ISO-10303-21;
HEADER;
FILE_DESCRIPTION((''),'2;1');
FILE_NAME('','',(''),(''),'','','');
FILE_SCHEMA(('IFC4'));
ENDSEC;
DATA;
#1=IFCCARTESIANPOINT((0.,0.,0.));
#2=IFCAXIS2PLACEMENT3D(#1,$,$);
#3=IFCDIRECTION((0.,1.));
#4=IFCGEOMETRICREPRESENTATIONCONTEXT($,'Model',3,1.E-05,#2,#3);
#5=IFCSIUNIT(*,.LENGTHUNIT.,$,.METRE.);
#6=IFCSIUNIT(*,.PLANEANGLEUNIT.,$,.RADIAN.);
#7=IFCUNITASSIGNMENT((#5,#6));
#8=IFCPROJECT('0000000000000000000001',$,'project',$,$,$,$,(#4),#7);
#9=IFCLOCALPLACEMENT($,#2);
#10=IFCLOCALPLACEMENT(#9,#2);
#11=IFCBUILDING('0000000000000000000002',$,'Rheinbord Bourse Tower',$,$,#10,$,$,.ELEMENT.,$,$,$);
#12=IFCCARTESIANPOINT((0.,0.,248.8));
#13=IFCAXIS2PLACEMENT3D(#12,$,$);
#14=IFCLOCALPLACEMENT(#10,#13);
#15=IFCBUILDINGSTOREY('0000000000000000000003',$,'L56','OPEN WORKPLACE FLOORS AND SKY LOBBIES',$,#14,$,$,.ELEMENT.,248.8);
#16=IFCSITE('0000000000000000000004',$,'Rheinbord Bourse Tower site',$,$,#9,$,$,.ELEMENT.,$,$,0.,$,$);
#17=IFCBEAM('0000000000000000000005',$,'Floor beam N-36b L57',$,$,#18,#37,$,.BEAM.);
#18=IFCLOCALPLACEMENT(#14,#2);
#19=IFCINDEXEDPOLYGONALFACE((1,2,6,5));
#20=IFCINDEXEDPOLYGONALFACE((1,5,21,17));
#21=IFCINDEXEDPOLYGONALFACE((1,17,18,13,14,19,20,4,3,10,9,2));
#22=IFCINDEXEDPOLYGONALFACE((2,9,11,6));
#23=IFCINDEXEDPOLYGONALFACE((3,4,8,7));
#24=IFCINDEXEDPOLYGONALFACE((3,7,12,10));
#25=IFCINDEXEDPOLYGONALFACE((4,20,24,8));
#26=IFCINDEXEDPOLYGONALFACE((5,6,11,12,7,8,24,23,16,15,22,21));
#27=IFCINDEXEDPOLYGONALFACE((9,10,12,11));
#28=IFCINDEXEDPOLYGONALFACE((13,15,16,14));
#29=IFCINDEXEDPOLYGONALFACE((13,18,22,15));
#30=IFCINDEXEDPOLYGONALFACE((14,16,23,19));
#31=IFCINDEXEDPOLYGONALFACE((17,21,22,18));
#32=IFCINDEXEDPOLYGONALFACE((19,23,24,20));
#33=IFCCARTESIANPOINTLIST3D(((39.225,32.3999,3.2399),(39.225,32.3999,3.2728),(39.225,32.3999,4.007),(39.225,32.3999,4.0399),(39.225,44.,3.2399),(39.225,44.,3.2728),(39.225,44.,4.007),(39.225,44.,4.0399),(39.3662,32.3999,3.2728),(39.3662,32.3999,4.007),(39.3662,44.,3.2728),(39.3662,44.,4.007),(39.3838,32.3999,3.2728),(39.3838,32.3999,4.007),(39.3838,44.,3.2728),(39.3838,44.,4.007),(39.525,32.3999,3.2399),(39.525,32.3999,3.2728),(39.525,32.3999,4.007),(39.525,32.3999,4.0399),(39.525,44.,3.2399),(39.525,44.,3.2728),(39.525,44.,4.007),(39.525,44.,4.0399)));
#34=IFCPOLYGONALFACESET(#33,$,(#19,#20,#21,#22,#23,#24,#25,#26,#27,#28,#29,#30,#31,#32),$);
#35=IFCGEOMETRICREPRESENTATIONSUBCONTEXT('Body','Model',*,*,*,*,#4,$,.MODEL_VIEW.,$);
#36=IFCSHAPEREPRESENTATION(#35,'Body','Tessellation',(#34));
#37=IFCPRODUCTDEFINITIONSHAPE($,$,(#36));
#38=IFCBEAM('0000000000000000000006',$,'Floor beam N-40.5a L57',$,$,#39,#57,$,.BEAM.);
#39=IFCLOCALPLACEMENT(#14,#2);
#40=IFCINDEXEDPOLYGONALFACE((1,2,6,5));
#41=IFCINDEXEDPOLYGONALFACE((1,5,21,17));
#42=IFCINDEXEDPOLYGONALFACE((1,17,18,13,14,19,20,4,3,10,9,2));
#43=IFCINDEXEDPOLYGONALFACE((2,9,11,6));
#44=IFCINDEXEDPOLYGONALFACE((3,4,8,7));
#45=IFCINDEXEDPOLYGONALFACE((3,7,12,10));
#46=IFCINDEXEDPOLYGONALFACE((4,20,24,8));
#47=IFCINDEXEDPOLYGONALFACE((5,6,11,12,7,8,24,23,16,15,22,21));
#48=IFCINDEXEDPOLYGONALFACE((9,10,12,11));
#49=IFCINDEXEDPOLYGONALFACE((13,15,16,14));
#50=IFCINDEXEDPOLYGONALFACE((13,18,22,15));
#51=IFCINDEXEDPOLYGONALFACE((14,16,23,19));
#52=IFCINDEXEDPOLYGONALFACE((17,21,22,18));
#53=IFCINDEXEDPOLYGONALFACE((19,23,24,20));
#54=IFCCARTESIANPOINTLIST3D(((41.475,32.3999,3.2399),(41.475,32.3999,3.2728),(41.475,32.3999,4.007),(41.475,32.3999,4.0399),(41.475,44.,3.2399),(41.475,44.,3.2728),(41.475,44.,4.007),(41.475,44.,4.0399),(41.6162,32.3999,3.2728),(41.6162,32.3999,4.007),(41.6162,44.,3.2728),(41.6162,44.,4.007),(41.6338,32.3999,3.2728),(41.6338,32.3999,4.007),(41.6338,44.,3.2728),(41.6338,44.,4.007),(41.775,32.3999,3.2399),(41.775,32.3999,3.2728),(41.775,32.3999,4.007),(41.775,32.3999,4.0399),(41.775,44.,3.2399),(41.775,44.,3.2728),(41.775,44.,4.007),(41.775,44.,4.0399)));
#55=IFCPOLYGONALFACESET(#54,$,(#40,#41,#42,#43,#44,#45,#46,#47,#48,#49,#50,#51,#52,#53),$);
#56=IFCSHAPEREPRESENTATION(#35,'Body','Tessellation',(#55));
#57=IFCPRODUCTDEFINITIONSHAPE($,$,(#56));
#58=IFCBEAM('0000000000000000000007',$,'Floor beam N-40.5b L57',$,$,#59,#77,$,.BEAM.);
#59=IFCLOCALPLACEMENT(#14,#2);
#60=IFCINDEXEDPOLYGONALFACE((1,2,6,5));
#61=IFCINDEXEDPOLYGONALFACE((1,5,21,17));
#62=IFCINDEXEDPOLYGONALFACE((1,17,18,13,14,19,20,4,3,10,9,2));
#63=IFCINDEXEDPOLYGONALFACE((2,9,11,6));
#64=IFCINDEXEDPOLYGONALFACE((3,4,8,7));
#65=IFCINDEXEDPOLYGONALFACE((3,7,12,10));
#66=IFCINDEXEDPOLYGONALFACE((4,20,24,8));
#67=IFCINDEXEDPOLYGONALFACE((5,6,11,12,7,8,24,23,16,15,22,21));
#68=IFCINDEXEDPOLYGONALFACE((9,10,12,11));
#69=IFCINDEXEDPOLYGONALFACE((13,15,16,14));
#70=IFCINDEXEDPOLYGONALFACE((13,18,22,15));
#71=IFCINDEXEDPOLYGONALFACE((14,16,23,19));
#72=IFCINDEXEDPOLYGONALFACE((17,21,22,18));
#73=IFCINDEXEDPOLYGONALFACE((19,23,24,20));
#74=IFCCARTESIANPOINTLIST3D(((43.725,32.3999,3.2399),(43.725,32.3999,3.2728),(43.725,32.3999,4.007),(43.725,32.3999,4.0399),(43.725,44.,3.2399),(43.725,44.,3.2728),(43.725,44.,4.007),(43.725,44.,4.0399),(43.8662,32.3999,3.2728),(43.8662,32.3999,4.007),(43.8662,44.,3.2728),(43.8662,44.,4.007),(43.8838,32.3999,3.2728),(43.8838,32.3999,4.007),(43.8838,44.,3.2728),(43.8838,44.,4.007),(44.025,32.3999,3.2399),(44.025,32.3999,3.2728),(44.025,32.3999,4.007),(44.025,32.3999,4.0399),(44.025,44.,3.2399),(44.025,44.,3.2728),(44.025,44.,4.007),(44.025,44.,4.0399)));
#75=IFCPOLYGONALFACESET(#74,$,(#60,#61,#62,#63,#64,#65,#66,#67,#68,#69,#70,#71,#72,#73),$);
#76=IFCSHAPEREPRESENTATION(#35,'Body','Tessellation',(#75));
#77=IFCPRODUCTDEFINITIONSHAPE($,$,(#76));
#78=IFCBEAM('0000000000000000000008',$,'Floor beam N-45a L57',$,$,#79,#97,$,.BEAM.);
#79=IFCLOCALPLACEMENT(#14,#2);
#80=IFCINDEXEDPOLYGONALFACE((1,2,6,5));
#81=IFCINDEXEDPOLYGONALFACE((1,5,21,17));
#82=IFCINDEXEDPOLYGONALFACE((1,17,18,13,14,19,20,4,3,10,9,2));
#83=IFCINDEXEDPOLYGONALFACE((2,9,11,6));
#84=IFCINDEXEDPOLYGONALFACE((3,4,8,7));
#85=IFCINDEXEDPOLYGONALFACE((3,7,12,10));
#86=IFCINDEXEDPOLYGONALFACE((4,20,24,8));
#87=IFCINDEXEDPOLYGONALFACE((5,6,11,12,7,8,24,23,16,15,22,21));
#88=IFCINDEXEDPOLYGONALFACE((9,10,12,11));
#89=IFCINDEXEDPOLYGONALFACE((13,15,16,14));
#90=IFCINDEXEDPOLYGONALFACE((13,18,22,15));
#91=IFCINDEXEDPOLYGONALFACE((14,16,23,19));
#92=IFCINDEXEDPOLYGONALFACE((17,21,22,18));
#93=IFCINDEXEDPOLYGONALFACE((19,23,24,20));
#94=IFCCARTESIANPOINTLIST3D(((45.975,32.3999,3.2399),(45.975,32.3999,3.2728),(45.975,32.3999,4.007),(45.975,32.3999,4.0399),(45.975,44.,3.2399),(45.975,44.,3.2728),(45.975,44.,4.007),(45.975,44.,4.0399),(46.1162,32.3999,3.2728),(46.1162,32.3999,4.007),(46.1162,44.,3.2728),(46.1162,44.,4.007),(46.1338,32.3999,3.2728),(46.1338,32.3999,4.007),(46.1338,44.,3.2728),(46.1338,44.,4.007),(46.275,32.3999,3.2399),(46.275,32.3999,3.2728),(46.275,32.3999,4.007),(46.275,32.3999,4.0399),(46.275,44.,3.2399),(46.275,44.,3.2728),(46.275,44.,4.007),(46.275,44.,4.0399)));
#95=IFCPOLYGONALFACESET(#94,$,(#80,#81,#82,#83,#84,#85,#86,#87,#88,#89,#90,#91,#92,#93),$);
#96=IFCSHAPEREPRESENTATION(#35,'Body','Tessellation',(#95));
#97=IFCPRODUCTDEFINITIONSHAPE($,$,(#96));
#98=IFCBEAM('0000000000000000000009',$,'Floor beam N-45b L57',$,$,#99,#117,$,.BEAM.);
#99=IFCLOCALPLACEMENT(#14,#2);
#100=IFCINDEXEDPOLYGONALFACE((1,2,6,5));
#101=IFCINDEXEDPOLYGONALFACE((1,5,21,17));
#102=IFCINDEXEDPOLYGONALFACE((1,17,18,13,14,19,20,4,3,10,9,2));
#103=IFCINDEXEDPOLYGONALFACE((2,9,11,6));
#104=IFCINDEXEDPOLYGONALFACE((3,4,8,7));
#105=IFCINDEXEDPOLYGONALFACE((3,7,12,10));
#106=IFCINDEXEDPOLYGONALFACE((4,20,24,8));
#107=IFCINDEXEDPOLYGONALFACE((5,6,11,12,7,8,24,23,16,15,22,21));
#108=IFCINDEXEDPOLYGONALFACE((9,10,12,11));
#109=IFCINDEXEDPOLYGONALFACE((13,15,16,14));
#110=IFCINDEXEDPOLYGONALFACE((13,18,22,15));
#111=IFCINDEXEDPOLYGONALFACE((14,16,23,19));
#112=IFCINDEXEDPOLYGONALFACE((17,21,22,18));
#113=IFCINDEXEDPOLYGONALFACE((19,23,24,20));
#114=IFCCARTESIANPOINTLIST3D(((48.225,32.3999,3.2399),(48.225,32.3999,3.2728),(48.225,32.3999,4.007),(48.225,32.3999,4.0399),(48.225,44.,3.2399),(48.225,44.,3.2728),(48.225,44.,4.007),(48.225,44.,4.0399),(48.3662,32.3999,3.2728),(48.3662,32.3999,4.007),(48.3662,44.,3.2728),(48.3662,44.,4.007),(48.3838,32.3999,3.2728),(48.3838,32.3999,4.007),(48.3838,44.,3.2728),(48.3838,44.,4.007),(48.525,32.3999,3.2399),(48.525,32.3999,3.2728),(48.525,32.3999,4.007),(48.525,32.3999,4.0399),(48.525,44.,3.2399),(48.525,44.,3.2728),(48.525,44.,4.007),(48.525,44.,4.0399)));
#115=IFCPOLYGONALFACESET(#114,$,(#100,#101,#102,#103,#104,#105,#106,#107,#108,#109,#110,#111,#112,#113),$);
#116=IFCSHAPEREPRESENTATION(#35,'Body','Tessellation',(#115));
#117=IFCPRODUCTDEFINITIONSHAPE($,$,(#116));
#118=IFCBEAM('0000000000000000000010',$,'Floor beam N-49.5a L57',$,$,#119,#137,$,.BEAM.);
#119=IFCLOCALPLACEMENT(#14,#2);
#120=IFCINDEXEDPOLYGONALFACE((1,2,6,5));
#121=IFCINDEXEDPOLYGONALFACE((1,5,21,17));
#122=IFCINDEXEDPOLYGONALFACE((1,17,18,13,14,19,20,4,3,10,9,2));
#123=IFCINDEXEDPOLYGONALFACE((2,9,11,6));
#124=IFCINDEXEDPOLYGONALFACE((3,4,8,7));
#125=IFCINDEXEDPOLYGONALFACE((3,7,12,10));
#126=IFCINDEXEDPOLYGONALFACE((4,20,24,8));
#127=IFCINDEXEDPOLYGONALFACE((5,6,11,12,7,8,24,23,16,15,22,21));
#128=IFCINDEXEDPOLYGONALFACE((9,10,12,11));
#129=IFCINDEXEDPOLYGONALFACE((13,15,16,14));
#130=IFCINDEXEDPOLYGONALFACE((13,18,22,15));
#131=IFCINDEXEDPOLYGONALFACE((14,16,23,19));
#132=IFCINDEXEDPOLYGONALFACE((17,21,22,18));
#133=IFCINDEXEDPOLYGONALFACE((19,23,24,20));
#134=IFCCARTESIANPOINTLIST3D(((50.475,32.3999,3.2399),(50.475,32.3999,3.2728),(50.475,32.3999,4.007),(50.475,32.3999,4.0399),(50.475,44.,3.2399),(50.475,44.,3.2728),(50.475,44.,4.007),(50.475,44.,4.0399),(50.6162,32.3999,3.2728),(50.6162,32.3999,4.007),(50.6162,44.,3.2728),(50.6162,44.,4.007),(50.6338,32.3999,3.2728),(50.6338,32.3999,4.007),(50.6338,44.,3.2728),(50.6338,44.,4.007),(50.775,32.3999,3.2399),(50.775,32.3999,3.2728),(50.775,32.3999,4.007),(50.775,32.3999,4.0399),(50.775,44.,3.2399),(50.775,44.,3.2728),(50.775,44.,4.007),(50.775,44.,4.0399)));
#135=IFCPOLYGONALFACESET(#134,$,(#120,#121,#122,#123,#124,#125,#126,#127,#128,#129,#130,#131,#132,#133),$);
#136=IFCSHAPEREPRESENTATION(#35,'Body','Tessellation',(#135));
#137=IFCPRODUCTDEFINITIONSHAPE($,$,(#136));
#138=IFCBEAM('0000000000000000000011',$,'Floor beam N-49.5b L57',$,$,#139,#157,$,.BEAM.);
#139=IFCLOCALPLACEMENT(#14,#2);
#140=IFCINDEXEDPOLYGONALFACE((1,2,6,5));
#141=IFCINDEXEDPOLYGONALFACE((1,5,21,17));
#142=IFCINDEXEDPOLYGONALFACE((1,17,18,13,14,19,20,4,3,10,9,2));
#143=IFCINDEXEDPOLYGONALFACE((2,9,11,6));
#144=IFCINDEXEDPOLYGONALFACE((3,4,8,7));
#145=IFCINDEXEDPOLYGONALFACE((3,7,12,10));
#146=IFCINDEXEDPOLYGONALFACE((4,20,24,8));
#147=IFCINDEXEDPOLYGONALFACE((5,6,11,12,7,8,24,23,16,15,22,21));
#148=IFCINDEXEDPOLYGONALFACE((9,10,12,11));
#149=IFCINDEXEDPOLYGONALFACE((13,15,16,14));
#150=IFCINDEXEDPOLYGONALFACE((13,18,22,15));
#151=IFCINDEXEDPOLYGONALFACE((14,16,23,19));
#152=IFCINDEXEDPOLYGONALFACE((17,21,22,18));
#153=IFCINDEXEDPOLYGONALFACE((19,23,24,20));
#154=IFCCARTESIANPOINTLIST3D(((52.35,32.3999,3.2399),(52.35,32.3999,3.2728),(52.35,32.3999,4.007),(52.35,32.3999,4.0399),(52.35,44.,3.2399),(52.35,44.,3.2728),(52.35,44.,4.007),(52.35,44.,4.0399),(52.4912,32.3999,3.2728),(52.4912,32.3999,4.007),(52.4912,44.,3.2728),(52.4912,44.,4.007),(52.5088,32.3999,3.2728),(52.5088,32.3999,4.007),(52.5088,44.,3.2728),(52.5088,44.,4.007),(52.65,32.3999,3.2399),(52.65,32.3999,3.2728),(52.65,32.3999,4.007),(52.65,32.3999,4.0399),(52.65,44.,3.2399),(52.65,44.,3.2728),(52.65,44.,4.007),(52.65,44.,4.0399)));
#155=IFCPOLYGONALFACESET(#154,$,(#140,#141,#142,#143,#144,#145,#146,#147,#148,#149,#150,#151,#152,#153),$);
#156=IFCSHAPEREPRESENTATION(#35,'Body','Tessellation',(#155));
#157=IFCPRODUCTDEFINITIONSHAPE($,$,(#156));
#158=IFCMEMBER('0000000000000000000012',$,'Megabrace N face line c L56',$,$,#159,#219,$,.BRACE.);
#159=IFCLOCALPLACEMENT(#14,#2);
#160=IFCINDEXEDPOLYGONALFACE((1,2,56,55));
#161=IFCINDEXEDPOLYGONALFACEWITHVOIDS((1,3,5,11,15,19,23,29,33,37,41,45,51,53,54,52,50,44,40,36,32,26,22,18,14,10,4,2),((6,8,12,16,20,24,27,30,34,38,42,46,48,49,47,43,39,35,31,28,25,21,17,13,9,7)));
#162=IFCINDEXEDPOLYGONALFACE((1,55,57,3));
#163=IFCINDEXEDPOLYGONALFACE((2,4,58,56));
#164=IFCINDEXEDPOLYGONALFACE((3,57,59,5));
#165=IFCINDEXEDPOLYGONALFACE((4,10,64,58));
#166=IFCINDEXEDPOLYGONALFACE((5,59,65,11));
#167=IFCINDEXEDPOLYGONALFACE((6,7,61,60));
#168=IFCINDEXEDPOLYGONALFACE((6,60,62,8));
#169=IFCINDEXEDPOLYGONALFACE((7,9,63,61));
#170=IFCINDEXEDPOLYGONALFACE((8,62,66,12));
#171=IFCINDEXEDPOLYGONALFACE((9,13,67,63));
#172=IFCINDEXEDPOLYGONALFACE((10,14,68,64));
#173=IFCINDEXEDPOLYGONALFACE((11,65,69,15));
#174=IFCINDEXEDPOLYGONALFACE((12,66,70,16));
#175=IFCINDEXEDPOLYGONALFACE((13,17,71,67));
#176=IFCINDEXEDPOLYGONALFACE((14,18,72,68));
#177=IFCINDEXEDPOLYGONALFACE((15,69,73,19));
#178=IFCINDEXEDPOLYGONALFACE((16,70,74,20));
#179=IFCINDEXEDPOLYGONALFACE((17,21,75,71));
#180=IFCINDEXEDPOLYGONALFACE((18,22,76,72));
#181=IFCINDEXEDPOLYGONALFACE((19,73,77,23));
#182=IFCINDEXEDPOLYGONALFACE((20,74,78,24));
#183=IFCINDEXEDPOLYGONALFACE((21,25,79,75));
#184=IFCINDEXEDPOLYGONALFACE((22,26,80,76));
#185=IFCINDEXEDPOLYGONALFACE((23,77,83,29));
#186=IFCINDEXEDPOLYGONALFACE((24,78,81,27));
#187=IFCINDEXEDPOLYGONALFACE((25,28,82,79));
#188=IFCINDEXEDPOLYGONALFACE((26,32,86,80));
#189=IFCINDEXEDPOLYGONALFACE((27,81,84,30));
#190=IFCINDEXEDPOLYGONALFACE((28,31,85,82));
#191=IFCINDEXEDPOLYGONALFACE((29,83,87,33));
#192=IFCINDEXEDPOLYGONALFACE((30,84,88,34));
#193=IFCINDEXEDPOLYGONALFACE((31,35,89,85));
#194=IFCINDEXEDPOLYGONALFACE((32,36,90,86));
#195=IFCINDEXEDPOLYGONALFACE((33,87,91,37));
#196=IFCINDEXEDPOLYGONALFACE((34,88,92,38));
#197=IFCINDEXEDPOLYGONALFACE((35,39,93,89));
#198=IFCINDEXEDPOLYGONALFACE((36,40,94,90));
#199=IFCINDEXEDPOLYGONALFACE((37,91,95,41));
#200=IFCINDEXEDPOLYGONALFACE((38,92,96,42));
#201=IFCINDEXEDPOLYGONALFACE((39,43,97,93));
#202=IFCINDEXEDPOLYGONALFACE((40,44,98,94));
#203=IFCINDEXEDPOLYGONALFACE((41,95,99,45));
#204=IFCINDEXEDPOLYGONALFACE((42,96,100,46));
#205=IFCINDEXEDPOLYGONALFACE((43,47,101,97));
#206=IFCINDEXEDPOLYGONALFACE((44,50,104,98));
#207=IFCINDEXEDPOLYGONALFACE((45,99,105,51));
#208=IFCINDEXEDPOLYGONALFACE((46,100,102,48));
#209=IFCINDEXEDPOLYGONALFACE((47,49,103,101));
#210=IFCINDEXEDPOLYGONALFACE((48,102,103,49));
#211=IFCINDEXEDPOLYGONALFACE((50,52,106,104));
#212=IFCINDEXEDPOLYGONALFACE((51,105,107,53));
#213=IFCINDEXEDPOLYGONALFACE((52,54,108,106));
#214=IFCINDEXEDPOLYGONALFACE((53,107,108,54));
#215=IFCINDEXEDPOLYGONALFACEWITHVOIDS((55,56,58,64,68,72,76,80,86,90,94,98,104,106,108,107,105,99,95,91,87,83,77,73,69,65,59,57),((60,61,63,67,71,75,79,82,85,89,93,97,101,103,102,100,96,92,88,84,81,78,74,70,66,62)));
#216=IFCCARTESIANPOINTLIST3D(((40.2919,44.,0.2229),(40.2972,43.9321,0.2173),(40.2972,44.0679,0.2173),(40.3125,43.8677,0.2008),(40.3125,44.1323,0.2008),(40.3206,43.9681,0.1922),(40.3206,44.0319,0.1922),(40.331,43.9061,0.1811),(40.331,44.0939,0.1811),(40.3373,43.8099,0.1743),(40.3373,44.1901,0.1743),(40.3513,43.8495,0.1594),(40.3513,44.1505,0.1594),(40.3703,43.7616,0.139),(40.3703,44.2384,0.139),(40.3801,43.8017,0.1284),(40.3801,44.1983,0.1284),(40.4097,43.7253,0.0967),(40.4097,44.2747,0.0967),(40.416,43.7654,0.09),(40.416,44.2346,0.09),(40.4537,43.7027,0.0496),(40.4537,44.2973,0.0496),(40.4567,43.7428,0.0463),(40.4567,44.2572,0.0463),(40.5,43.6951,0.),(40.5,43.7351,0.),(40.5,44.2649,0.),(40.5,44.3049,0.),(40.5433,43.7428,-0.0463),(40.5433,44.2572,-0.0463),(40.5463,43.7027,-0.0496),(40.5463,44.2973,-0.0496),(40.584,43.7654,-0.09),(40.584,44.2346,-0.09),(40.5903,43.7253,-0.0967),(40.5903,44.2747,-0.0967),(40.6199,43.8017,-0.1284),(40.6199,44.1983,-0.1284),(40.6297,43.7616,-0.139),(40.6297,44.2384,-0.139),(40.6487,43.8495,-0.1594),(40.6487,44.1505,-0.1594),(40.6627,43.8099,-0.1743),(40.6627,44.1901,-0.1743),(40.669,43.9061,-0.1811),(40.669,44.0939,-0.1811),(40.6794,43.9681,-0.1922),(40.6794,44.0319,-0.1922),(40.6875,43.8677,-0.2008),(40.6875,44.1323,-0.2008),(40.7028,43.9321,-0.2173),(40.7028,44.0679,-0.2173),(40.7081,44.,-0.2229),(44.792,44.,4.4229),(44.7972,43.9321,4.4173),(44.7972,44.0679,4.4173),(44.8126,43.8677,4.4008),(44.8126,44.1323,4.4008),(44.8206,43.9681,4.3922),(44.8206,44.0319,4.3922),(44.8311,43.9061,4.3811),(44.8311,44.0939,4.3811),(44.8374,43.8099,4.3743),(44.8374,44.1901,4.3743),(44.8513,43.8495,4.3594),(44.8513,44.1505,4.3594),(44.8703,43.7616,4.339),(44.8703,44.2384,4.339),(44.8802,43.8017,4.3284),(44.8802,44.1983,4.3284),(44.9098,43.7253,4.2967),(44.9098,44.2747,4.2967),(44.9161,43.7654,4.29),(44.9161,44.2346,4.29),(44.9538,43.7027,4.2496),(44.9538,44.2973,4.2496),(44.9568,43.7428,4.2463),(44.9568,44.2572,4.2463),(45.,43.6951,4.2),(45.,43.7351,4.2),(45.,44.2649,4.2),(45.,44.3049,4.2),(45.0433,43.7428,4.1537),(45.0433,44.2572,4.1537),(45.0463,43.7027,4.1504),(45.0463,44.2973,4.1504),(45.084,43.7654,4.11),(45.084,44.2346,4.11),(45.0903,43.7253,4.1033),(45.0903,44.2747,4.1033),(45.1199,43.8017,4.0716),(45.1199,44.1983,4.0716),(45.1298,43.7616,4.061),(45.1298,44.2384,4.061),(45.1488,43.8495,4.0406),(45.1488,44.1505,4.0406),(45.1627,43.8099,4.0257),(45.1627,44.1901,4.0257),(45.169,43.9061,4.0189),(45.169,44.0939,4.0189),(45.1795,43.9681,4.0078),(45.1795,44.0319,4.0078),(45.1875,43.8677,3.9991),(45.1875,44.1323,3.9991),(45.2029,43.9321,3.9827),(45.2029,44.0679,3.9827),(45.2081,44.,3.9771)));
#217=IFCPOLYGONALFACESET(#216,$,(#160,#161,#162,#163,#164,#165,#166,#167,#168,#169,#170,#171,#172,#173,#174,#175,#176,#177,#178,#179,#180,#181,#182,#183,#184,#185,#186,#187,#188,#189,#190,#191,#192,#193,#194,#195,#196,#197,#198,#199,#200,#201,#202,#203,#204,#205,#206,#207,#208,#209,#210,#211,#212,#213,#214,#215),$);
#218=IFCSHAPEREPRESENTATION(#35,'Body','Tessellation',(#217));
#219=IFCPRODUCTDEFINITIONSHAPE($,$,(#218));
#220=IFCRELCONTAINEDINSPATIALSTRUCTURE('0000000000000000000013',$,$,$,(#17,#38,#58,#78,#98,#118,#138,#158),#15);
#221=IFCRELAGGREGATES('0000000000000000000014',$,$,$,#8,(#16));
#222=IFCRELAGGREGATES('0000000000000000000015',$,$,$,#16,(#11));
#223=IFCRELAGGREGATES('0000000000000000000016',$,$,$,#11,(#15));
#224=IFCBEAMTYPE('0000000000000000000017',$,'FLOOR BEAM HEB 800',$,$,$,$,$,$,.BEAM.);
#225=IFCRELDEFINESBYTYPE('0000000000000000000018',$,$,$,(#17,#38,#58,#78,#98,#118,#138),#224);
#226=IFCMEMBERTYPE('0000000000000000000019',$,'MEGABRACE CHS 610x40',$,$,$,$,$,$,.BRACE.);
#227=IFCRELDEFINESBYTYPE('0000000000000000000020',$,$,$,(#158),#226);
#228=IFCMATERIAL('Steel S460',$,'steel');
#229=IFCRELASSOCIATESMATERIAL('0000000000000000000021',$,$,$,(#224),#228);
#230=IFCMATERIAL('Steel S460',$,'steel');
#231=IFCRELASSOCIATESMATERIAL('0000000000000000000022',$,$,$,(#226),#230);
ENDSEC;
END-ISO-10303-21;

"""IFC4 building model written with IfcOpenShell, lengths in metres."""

from ifc_helpers import new_model, si_unit, direction, frame, origin, origin_2d, place, context, subcontext, project, spatial, hollow_circle, i_section, extrude, material, material_profile, profile_set, type_object, element, save


model = new_model("IFC4")

# Units and contexts
model_context = context("Model", 3, precision=1e-05, world=origin(), true_north=direction((0.0, 1.0)))
body_context = subcontext(model_context, "Body", "Model", "MODEL_VIEW")
ifc_project = project(units=[si_unit("LENGTHUNIT", "METRE"), si_unit("PLANEANGLEUNIT", "RADIAN")], contexts=[model_context])

# Site, building, storey
site_placement = place(None, origin())
site = spatial("IfcSite", under=ifc_project, at=site_placement, Name="Rheinbord Bourse Tower site", CompositionType="ELEMENT", RefElevation=0.0)
building_placement = place(site_placement, origin())
building = spatial("IfcBuilding", under=site, at=building_placement, Name="Rheinbord Bourse Tower", CompositionType="ELEMENT")
storey_placement = place(building_placement, frame((0.0, 0.0, 248.8)))
storey = spatial("IfcBuildingStorey", under=building, at=storey_placement, Name="L56", Description="OPEN WORKPLACE FLOORS AND SKY LOBBIES", CompositionType="ELEMENT", Elevation=248.8)

# Beams
ifc_material_1 = material(Name="Steel S460", Category="steel")
ifc_material_profile_1 = material_profile(ifc_material_1, i_section(OverallWidth=0.3, OverallDepth=0.8, WebThickness=0.0176, FlangeThickness=0.033, at=origin_2d()), Name="HEB 800")
ifc_profile_set_1 = profile_set([ifc_material_profile_1], Name="Steel S460")
beam_type_1 = type_object("IfcBeamType", Name="FLOOR BEAM HEB 800", PredefinedType="BEAM", material=ifc_profile_set_1)
for number, where, z_axis, x_axis, name in (
    (1, (39.375, 44.0, 3.6399), (0.0, -1.0, 0.0), (1.0, 0.0, 0.0), "Floor beam N-36b L57"),
    (2, (41.625, 44.0, 3.6399), (0.0, -1.0, 0.0), (1.0, 0.0, 0.0), "Floor beam N-40.5a L57"),
    (3, (43.875, 44.0, 3.6399), (0.0, -1.0, 0.0), (1.0, 0.0, 0.0), "Floor beam N-40.5b L57"),
    (4, (46.125, 44.0, 3.6399), (0.0, -1.0, 0.0), (1.0, 0.0, 0.0), "Floor beam N-45a L57"),
    (5, (48.375, 44.0, 3.6399), (0.0, -1.0, 0.0), (1.0, 0.0, 0.0), "Floor beam N-45b L57"),
    (6, (50.625, 44.0, 3.6399), (0.0, -1.0, 0.0), (1.0, 0.0, 0.0), "Floor beam N-49.5a L57"),
    (7, (52.5, 44.0, 3.6399), (0.0, -1.0, 0.0), (1.0, 0.0, 0.0), "Floor beam N-49.5b L57"),
):
    element("IfcBeam", number, at=place(storey_placement, frame(where, z_axis=z_axis, x_axis=x_axis)), inside=storey, type_object=beam_type_1, Name=name, PredefinedType="BEAM", context=body_context, shape_type="SweptSolid", body=[
        extrude(i_section(OverallWidth=0.3, OverallDepth=0.8, WebThickness=0.0176, FlangeThickness=0.033, at=origin_2d()), origin(), (0.0, 0.0, 1.0), 11.6001),
    ])

# Member
ifc_material_2 = material(Name="Steel S460", Category="steel")
ifc_material_profile_2 = material_profile(ifc_material_2, hollow_circle(Radius=0.3049, WallThickness=0.04, at=origin_2d()), Name="CHS 610x40")
ifc_profile_set_2 = profile_set([ifc_material_profile_2], Name="Steel S460")
member_type_1 = type_object("IfcMemberType", Name="MEGABRACE CHS 610x40", PredefinedType="BRACE", material=ifc_profile_set_2)
member_1_placement = place(storey_placement, frame((40.5, 44.0, 0.0), z_axis=(0.731059, 0.0, 0.682314), x_axis=(0.0, 1.0, 0.0)))
element("IfcMember", 8, at=member_1_placement, inside=storey, type_object=member_type_1, Name="Megabrace N face line c L56", PredefinedType="BRACE", context=body_context, shape_type="SweptSolid", body=[
    extrude(hollow_circle(Radius=0.3049, WallThickness=0.04, at=origin_2d()), origin(), (0.0, 0.0, 1.0), 6.1555),
])

save(model, "model.ifc")
